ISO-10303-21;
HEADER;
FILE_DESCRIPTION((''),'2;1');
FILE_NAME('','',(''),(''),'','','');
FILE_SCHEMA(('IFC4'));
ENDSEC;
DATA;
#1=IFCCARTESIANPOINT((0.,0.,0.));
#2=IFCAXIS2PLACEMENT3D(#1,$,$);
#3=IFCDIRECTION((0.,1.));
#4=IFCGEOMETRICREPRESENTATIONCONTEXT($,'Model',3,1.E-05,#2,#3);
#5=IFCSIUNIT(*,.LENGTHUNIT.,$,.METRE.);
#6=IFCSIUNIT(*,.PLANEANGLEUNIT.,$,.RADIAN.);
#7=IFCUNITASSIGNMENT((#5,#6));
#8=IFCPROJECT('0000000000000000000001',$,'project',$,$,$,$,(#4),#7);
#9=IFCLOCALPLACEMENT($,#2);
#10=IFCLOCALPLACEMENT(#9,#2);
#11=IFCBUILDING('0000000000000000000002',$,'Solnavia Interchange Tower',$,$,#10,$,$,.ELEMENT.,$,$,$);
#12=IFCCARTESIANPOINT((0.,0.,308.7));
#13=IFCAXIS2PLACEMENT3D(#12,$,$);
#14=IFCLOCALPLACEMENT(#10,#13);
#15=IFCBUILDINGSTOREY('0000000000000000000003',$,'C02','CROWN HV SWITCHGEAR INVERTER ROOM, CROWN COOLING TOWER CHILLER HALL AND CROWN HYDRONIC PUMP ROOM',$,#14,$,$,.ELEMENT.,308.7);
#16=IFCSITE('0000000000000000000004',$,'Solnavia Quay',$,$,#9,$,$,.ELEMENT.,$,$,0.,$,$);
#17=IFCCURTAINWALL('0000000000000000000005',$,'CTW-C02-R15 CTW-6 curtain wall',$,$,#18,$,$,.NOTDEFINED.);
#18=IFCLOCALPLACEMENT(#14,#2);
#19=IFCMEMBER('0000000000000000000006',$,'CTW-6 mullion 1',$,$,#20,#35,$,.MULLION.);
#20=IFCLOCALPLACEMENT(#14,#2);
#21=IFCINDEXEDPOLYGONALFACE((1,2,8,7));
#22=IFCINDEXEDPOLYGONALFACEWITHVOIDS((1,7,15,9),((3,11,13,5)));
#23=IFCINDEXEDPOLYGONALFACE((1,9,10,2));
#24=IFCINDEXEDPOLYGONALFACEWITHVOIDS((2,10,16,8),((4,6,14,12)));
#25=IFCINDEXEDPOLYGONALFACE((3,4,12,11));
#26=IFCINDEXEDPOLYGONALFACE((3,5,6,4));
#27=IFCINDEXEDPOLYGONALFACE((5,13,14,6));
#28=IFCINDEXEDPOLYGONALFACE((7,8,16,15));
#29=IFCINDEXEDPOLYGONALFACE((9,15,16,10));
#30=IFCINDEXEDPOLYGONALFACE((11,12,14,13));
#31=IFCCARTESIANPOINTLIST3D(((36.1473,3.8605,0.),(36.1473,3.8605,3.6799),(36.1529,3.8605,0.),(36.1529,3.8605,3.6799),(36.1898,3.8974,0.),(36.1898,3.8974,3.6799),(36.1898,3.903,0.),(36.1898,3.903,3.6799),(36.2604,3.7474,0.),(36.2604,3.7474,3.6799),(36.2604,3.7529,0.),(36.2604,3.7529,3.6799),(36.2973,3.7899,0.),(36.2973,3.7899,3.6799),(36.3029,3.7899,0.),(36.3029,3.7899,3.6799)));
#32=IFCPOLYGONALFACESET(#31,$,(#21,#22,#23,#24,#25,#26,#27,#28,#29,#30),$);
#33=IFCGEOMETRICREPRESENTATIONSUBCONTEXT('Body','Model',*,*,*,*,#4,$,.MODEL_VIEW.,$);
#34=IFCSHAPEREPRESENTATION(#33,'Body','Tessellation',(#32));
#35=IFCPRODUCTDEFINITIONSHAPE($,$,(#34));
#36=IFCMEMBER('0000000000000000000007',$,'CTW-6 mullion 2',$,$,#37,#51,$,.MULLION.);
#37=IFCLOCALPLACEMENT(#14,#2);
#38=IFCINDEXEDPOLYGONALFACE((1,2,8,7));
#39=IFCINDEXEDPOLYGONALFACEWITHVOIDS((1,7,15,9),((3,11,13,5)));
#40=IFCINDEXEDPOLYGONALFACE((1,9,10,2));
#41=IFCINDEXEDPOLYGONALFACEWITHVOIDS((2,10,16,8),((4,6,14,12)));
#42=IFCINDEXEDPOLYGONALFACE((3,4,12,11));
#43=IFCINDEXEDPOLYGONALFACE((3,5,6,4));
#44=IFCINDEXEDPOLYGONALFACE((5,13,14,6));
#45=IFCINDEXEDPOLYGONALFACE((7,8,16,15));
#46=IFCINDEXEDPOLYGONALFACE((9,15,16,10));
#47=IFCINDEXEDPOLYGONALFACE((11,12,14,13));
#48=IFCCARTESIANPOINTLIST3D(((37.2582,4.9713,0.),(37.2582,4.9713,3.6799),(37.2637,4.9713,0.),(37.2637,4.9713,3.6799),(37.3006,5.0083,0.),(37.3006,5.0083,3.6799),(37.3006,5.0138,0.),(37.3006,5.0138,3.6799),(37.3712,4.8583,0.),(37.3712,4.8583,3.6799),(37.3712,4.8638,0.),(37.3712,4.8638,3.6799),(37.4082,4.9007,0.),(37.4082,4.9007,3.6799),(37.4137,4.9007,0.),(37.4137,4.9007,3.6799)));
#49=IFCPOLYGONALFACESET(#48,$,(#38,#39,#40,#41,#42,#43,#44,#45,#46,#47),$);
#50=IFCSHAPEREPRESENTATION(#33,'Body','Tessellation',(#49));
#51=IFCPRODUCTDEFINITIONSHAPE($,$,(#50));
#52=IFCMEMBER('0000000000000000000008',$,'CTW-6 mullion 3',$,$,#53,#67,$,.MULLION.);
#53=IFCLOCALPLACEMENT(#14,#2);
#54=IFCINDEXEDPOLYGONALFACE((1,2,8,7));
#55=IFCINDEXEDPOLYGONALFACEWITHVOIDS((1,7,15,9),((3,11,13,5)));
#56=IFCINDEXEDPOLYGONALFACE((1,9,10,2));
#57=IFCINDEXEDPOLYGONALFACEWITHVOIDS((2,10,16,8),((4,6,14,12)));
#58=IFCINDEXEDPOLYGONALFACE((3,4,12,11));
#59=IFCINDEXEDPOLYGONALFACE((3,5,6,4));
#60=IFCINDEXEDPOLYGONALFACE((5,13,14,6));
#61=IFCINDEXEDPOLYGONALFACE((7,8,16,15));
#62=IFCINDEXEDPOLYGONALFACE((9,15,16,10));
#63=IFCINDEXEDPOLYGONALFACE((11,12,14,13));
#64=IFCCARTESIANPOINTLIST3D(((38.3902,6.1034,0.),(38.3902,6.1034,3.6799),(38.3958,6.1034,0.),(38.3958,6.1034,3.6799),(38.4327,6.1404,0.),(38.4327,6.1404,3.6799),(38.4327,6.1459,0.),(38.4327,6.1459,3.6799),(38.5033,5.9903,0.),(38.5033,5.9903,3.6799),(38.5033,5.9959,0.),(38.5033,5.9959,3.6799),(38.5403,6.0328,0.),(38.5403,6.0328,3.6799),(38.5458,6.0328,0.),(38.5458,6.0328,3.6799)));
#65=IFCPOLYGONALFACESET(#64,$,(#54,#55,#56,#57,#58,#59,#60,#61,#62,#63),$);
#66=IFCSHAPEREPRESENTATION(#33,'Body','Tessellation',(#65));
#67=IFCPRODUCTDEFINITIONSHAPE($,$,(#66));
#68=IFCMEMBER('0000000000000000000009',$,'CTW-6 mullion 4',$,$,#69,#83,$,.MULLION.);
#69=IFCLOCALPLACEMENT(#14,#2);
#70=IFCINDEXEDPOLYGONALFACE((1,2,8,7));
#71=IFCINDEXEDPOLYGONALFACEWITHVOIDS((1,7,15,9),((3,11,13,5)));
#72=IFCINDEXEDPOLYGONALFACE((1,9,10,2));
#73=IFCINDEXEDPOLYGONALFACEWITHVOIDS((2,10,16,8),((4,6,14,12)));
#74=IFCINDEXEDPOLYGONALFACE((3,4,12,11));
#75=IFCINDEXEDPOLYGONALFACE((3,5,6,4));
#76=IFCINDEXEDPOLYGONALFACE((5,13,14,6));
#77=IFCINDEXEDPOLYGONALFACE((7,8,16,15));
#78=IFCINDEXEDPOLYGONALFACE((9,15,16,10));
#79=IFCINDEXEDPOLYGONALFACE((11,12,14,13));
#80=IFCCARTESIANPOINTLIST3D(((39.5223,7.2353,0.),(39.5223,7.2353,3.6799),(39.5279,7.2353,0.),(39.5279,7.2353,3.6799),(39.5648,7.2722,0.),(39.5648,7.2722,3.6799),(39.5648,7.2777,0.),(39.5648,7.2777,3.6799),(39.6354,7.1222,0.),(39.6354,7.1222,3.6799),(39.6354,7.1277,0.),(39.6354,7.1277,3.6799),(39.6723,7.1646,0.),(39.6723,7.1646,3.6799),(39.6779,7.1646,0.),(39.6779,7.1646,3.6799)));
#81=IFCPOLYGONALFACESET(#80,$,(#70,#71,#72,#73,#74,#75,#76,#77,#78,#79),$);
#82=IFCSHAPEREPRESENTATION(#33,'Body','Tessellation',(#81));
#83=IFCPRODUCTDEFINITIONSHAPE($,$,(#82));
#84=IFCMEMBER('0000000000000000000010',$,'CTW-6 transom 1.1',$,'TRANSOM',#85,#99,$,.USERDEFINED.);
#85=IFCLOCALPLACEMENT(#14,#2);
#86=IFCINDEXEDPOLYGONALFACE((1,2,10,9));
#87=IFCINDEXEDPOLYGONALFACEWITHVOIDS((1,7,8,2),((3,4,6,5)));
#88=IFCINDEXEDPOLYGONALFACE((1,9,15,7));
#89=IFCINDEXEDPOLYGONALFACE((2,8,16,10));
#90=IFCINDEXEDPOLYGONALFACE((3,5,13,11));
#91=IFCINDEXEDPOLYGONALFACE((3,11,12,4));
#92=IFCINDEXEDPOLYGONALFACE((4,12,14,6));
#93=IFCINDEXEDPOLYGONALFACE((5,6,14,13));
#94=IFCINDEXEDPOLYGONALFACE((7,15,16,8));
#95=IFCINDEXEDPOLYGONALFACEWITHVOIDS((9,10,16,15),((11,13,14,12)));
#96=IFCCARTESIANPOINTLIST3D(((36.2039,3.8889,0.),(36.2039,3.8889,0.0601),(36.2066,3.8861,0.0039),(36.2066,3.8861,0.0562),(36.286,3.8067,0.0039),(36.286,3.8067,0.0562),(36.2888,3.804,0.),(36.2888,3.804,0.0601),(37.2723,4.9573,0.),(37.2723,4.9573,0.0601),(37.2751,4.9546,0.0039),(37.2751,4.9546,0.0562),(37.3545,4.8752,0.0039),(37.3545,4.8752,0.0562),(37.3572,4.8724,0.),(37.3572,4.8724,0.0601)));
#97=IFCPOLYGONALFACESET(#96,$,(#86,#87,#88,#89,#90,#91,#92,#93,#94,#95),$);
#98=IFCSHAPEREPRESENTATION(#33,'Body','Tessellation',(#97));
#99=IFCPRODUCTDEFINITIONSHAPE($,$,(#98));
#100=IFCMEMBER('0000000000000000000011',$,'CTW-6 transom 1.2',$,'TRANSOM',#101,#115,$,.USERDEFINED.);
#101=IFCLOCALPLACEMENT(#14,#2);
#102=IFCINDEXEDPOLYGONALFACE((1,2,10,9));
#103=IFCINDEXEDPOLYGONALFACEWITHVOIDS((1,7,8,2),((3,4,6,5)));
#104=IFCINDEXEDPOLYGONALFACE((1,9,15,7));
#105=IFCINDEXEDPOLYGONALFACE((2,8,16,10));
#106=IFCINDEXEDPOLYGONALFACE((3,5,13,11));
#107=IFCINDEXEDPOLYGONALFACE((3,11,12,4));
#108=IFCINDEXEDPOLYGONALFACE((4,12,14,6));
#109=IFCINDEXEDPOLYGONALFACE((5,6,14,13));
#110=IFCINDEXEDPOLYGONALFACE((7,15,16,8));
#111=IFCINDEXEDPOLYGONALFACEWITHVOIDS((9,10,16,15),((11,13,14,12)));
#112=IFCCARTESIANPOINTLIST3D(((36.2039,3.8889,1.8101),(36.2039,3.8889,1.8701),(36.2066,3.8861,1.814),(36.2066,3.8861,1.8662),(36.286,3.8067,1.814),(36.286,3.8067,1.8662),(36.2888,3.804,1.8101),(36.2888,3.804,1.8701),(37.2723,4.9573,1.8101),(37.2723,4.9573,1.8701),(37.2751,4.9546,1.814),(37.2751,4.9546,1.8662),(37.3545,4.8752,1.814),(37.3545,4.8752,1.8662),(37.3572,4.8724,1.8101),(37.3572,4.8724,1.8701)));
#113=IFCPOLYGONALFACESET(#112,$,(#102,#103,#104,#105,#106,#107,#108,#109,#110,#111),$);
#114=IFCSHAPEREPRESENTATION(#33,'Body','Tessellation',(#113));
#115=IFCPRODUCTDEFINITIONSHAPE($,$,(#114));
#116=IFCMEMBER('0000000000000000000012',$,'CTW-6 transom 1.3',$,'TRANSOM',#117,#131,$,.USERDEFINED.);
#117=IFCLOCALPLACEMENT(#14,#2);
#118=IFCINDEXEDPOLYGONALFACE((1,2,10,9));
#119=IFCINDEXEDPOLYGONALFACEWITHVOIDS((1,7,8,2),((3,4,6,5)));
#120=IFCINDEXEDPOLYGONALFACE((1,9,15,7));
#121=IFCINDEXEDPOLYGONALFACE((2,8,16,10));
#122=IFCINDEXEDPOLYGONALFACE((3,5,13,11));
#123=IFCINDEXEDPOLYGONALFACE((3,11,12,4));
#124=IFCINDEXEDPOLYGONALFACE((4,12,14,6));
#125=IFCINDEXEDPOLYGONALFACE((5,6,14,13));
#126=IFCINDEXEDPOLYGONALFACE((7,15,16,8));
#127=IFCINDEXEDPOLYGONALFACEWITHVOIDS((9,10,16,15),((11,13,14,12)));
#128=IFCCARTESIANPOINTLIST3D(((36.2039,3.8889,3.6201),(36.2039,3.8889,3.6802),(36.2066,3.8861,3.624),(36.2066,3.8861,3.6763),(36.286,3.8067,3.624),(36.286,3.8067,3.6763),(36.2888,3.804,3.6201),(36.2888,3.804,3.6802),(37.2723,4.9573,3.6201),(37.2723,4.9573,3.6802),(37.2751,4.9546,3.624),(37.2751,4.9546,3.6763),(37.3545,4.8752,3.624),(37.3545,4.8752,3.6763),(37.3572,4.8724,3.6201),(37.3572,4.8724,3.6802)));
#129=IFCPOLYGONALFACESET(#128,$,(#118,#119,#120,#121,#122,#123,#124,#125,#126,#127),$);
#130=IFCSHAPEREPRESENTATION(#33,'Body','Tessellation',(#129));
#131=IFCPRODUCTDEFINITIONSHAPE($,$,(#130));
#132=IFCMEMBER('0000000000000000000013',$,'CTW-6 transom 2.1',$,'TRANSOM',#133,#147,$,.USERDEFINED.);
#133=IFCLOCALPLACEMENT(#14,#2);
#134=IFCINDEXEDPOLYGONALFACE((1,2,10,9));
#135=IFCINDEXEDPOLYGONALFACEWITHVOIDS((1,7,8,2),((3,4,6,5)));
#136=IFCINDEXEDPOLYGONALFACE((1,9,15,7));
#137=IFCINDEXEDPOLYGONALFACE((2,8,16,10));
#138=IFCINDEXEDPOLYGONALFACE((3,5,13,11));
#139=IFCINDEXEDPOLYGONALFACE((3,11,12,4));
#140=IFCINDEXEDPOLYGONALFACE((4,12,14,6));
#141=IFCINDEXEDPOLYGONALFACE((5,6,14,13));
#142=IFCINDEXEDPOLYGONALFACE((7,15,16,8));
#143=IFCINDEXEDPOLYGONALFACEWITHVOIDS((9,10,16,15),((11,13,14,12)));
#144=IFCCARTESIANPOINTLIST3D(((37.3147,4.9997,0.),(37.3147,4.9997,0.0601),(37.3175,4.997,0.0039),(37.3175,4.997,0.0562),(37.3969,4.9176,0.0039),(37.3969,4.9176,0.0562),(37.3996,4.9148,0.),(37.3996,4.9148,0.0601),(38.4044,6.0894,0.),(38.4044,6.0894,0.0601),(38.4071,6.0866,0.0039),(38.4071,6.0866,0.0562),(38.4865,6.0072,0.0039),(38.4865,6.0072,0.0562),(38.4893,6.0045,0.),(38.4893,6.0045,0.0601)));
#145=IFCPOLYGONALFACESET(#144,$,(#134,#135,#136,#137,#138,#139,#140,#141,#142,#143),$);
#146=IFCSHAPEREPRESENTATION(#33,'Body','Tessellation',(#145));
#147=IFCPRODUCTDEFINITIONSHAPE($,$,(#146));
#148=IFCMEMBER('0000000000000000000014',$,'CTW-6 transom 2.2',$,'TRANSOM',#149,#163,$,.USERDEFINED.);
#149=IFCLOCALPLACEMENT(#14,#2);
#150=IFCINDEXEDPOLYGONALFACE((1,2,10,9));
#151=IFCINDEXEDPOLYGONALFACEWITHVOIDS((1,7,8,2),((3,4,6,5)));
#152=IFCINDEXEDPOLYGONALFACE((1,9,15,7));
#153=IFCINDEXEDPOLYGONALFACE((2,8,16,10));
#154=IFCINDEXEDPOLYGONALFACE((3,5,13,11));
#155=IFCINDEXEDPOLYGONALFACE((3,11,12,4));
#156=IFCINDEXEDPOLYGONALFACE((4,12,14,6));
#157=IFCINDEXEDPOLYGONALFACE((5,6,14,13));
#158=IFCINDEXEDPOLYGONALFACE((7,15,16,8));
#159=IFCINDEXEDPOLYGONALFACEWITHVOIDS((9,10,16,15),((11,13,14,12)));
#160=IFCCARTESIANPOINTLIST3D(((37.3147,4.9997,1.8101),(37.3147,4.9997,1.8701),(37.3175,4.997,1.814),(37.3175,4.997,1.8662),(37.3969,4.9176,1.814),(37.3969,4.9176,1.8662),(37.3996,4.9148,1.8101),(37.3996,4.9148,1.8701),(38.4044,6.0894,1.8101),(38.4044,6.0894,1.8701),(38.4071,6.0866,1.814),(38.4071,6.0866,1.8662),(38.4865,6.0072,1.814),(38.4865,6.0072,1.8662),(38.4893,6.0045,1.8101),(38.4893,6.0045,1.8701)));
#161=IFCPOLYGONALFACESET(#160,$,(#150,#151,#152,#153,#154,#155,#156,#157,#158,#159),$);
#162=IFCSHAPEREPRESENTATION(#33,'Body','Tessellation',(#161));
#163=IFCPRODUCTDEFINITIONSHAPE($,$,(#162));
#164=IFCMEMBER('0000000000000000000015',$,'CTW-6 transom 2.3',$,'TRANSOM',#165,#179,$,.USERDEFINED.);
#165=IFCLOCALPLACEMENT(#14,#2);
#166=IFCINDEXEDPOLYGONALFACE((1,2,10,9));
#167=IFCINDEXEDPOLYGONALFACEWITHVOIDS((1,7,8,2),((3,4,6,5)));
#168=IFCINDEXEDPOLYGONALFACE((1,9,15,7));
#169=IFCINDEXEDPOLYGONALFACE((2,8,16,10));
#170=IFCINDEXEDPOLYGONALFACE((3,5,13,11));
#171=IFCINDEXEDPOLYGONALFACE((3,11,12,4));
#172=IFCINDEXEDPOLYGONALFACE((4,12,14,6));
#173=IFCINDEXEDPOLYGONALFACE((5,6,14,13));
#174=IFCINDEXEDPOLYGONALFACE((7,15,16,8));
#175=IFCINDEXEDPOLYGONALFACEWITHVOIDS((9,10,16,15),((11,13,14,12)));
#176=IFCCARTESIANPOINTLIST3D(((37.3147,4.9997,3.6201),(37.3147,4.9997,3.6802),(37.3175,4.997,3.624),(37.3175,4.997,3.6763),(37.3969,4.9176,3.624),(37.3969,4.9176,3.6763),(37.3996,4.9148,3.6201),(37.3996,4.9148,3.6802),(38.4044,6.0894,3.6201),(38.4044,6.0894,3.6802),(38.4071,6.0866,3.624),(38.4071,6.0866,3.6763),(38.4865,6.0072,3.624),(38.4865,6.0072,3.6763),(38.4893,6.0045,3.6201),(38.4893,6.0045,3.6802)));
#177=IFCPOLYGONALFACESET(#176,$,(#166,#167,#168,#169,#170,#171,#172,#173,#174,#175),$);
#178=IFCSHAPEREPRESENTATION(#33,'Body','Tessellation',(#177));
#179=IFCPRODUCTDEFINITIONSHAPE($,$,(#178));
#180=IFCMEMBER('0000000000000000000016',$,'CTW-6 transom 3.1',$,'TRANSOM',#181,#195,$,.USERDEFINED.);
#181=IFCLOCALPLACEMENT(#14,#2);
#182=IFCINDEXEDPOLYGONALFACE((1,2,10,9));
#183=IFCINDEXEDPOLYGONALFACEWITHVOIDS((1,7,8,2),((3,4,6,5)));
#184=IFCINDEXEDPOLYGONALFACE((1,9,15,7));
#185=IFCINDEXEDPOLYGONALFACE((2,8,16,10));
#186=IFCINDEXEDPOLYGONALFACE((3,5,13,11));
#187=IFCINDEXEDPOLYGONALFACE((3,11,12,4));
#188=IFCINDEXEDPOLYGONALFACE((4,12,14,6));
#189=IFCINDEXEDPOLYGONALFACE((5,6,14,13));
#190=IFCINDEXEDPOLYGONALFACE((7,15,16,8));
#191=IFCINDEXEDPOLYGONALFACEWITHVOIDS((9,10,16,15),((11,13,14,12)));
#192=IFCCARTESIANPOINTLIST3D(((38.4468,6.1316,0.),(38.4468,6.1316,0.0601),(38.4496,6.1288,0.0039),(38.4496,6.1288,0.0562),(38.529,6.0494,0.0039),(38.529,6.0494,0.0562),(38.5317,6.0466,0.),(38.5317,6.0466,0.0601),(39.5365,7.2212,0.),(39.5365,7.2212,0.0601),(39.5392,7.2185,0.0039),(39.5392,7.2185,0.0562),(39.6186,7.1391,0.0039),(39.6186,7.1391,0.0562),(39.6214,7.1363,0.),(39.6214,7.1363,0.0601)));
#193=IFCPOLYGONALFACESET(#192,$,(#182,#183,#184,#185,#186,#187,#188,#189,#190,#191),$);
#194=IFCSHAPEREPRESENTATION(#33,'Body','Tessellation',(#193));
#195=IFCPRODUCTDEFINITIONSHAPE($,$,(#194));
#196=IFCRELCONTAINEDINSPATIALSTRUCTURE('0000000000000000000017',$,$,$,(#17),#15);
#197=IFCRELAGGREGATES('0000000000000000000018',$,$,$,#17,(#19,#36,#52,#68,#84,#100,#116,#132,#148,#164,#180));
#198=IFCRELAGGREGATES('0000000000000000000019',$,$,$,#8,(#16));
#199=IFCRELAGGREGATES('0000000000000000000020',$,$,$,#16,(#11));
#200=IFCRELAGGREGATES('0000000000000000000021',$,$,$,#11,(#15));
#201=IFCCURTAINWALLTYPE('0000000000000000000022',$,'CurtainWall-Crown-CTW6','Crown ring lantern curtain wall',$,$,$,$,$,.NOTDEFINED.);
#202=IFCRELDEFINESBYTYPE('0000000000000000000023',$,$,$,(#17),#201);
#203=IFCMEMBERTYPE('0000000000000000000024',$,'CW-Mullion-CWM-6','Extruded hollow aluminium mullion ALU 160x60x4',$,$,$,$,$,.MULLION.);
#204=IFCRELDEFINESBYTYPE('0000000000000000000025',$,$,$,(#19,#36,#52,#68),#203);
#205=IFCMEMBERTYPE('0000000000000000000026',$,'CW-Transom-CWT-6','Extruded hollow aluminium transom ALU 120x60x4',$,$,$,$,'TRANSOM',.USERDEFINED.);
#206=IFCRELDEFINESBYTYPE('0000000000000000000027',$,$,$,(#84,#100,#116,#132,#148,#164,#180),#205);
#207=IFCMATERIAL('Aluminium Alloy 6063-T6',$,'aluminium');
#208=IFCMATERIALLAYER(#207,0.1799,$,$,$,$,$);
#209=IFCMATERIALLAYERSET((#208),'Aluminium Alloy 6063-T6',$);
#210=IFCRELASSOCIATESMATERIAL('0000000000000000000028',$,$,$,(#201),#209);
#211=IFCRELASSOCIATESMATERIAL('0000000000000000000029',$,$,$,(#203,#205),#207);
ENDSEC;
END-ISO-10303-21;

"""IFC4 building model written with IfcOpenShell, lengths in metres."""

from ifc_helpers import new_model, si_unit, direction, frame, origin, origin_2d, place, context, subcontext, project, spatial, hollow_rectangle, extrude, material, layer, layer_set, material_profile, profile_set, type_object, element, aggregate, save


model = new_model("IFC4")

# Units and contexts
model_context = context("Model", 3, precision=1e-05, world=origin(), true_north=direction((0.0, 1.0)))
body_context = subcontext(model_context, "Body", "Model", "MODEL_VIEW")
ifc_project = project(units=[si_unit("LENGTHUNIT", "METRE"), si_unit("PLANEANGLEUNIT", "RADIAN")], contexts=[model_context])

# Site, building, storey
site_placement = place(None, origin())
site = spatial("IfcSite", under=ifc_project, at=site_placement, Name="Solnavia Quay", CompositionType="ELEMENT", RefElevation=0.0)
building_placement = place(site_placement, origin())
building = spatial("IfcBuilding", under=site, at=building_placement, Name="Solnavia Interchange Tower", CompositionType="ELEMENT")
storey_placement = place(building_placement, frame((0.0, 0.0, 308.7)))
storey = spatial("IfcBuildingStorey", under=building, at=storey_placement, Name="C02", Description="CROWN HV SWITCHGEAR INVERTER ROOM, CROWN COOLING TOWER CHILLER HALL AND CROWN HYDRONIC PUMP ROOM", CompositionType="ELEMENT", Elevation=308.7)

# Curtain wall, members
ifc_material_1 = material(Name="Aluminium Alloy 6063-T6", Category="aluminium")
ifc_layer_1 = layer(ifc_material_1, 0.1799)
ifc_layer_set_1 = layer_set([ifc_layer_1], Name="Aluminium Alloy 6063-T6")
curtain_wall_type = type_object("IfcCurtainWallType", Name="CurtainWall-Crown-CTW6", Description="Crown ring lantern curtain wall", PredefinedType="NOTDEFINED", material=ifc_layer_set_1)
curtain_wall_placement = place(storey_placement, origin())
curtain_wall = element("IfcCurtainWall", 1, at=curtain_wall_placement, inside=storey, type_object=curtain_wall_type, Name="CTW-C02-R15 CTW-6 curtain wall", PredefinedType="NOTDEFINED")
ifc_material_profile_1 = material_profile(ifc_material_1, hollow_rectangle(XDim=0.0601, YDim=0.1599, WallThickness=0.0039, at=origin_2d()), Name="ALU 160x60x4")
ifc_profile_set_1 = profile_set([ifc_material_profile_1], Name="Aluminium Alloy 6063-T6")
member_type_1 = type_object("IfcMemberType", Name="CW-Mullion-CWM-6", Description="Extruded hollow aluminium mullion ALU 160x60x4", PredefinedType="MULLION", material=ifc_profile_set_1)
member_1_placement = place(storey_placement, frame((36.2251, 3.8252, 0.0), z_axis=(0.0, 0.0, 1.0), x_axis=(0.707107, 0.707107, 0.0)))
member_1 = element("IfcMember", 2, at=member_1_placement, type_object=member_type_1, Name="CTW-6 mullion 1", PredefinedType="MULLION", context=body_context, shape_type="SweptSolid", body=[
    extrude(hollow_rectangle(XDim=0.0601, YDim=0.1599, WallThickness=0.0039, at=origin_2d()), origin(), (0.0, 0.0, 1.0), 3.6799),
])
member_2_placement = place(storey_placement, frame((37.3359, 4.936, 0.0), z_axis=(0.0, 0.0, 1.0), x_axis=(0.707107, 0.707107, 0.0)))
member_2 = element("IfcMember", 3, at=member_2_placement, type_object=member_type_1, Name="CTW-6 mullion 2", PredefinedType="MULLION", context=body_context, shape_type="SweptSolid", body=[
    extrude(hollow_rectangle(XDim=0.0601, YDim=0.1599, WallThickness=0.0039, at=origin_2d()), origin(), (0.0, 0.0, 1.0), 3.6799),
])
member_3_placement = place(storey_placement, frame((38.468, 6.0681, 0.0), z_axis=(0.0, 0.0, 1.0), x_axis=(0.707107, 0.707107, 0.0)))
member_3 = element("IfcMember", 4, at=member_3_placement, type_object=member_type_1, Name="CTW-6 mullion 3", PredefinedType="MULLION", context=body_context, shape_type="SweptSolid", body=[
    extrude(hollow_rectangle(XDim=0.0601, YDim=0.1599, WallThickness=0.0039, at=origin_2d()), origin(), (0.0, 0.0, 1.0), 3.6799),
])
member_4_placement = place(storey_placement, frame((39.6001, 7.2, 0.0), z_axis=(0.0, 0.0, 1.0), x_axis=(0.707107, 0.707107, 0.0)))
member_4 = element("IfcMember", 5, at=member_4_placement, type_object=member_type_1, Name="CTW-6 mullion 4", PredefinedType="MULLION", context=body_context, shape_type="SweptSolid", body=[
    extrude(hollow_rectangle(XDim=0.0601, YDim=0.1599, WallThickness=0.0039, at=origin_2d()), origin(), (0.0, 0.0, 1.0), 3.6799),
])
ifc_material_profile_2 = material_profile(ifc_material_1, hollow_rectangle(XDim=0.0601, YDim=0.1201, WallThickness=0.0039, at=origin_2d()), Name="ALU 120x60x4")
ifc_profile_set_2 = profile_set([ifc_material_profile_2], Name="Aluminium Alloy 6063-T6")
member_type_2 = type_object("IfcMemberType", Name="CW-Transom-CWT-6", Description="Extruded hollow aluminium transom ALU 120x60x4", ElementType="TRANSOM", PredefinedType="USERDEFINED", material=ifc_profile_set_2)
member_5_placement = place(storey_placement, frame((36.2463, 3.8464, 0.03), z_axis=(0.707107, 0.707107, 0.0), x_axis=(0.0, 0.0, 1.0)))
member_5 = element("IfcMember", 6, at=member_5_placement, type_object=member_type_2, Name="CTW-6 transom 1.1", ObjectType="TRANSOM", PredefinedType="USERDEFINED", context=body_context, shape_type="SweptSolid", body=[
    extrude(hollow_rectangle(XDim=0.0601, YDim=0.1201, WallThickness=0.0039, at=origin_2d()), origin(), (0.0, 0.0, 1.0), 1.511),
])
member_6_placement = place(storey_placement, frame((36.2463, 3.8464, 1.8401), z_axis=(0.707107, 0.707107, 0.0), x_axis=(0.0, 0.0, 1.0)))
member_6 = element("IfcMember", 7, at=member_6_placement, type_object=member_type_2, Name="CTW-6 transom 1.2", ObjectType="TRANSOM", PredefinedType="USERDEFINED", context=body_context, shape_type="SweptSolid", body=[
    extrude(hollow_rectangle(XDim=0.0601, YDim=0.1201, WallThickness=0.0039, at=origin_2d()), origin(), (0.0, 0.0, 1.0), 1.511),
])
member_7_placement = place(storey_placement, frame((36.2463, 3.8464, 3.6501), z_axis=(0.707107, 0.707107, 0.0), x_axis=(0.0, 0.0, 1.0)))
member_7 = element("IfcMember", 8, at=member_7_placement, type_object=member_type_2, Name="CTW-6 transom 1.3", ObjectType="TRANSOM", PredefinedType="USERDEFINED", context=body_context, shape_type="SweptSolid", body=[
    extrude(hollow_rectangle(XDim=0.0601, YDim=0.1201, WallThickness=0.0039, at=origin_2d()), origin(), (0.0, 0.0, 1.0), 1.511),
])
member_8_placement = place(storey_placement, frame((37.3572, 4.9573, 0.03), z_axis=(0.707107, 0.707107, 0.0), x_axis=(0.0, 0.0, 1.0)))
member_8 = element("IfcMember", 9, at=member_8_placement, type_object=member_type_2, Name="CTW-6 transom 2.1", ObjectType="TRANSOM", PredefinedType="USERDEFINED", context=body_context, shape_type="SweptSolid", body=[
    extrude(hollow_rectangle(XDim=0.0601, YDim=0.1201, WallThickness=0.0039, at=origin_2d()), origin(), (0.0, 0.0, 1.0), 1.541),
])
member_9_placement = place(storey_placement, frame((37.3572, 4.9573, 1.8401), z_axis=(0.707107, 0.707107, 0.0), x_axis=(0.0, 0.0, 1.0)))
member_9 = element("IfcMember", 10, at=member_9_placement, type_object=member_type_2, Name="CTW-6 transom 2.2", ObjectType="TRANSOM", PredefinedType="USERDEFINED", context=body_context, shape_type="SweptSolid", body=[
    extrude(hollow_rectangle(XDim=0.0601, YDim=0.1201, WallThickness=0.0039, at=origin_2d()), origin(), (0.0, 0.0, 1.0), 1.541),
])
member_10_placement = place(storey_placement, frame((37.3572, 4.9573, 3.6501), z_axis=(0.707107, 0.707107, 0.0), x_axis=(0.0, 0.0, 1.0)))
member_10 = element("IfcMember", 11, at=member_10_placement, type_object=member_type_2, Name="CTW-6 transom 2.3", ObjectType="TRANSOM", PredefinedType="USERDEFINED", context=body_context, shape_type="SweptSolid", body=[
    extrude(hollow_rectangle(XDim=0.0601, YDim=0.1201, WallThickness=0.0039, at=origin_2d()), origin(), (0.0, 0.0, 1.0), 1.541),
])
member_11_placement = place(storey_placement, frame((38.4893, 6.0891, 0.03), z_axis=(0.707107, 0.707107, 0.0), x_axis=(0.0, 0.0, 1.0)))
member_11 = element("IfcMember", 12, at=member_11_placement, type_object=member_type_2, Name="CTW-6 transom 3.1", ObjectType="TRANSOM", PredefinedType="USERDEFINED", context=body_context, shape_type="SweptSolid", body=[
    extrude(hollow_rectangle(XDim=0.0601, YDim=0.1201, WallThickness=0.0039, at=origin_2d()), origin(), (0.0, 0.0, 1.0), 1.541),
])
aggregate(curtain_wall, [member_1, member_2, member_3, member_4, member_5, member_6, member_7, member_8, member_9, member_10, member_11])

save(model, "model.ifc")
